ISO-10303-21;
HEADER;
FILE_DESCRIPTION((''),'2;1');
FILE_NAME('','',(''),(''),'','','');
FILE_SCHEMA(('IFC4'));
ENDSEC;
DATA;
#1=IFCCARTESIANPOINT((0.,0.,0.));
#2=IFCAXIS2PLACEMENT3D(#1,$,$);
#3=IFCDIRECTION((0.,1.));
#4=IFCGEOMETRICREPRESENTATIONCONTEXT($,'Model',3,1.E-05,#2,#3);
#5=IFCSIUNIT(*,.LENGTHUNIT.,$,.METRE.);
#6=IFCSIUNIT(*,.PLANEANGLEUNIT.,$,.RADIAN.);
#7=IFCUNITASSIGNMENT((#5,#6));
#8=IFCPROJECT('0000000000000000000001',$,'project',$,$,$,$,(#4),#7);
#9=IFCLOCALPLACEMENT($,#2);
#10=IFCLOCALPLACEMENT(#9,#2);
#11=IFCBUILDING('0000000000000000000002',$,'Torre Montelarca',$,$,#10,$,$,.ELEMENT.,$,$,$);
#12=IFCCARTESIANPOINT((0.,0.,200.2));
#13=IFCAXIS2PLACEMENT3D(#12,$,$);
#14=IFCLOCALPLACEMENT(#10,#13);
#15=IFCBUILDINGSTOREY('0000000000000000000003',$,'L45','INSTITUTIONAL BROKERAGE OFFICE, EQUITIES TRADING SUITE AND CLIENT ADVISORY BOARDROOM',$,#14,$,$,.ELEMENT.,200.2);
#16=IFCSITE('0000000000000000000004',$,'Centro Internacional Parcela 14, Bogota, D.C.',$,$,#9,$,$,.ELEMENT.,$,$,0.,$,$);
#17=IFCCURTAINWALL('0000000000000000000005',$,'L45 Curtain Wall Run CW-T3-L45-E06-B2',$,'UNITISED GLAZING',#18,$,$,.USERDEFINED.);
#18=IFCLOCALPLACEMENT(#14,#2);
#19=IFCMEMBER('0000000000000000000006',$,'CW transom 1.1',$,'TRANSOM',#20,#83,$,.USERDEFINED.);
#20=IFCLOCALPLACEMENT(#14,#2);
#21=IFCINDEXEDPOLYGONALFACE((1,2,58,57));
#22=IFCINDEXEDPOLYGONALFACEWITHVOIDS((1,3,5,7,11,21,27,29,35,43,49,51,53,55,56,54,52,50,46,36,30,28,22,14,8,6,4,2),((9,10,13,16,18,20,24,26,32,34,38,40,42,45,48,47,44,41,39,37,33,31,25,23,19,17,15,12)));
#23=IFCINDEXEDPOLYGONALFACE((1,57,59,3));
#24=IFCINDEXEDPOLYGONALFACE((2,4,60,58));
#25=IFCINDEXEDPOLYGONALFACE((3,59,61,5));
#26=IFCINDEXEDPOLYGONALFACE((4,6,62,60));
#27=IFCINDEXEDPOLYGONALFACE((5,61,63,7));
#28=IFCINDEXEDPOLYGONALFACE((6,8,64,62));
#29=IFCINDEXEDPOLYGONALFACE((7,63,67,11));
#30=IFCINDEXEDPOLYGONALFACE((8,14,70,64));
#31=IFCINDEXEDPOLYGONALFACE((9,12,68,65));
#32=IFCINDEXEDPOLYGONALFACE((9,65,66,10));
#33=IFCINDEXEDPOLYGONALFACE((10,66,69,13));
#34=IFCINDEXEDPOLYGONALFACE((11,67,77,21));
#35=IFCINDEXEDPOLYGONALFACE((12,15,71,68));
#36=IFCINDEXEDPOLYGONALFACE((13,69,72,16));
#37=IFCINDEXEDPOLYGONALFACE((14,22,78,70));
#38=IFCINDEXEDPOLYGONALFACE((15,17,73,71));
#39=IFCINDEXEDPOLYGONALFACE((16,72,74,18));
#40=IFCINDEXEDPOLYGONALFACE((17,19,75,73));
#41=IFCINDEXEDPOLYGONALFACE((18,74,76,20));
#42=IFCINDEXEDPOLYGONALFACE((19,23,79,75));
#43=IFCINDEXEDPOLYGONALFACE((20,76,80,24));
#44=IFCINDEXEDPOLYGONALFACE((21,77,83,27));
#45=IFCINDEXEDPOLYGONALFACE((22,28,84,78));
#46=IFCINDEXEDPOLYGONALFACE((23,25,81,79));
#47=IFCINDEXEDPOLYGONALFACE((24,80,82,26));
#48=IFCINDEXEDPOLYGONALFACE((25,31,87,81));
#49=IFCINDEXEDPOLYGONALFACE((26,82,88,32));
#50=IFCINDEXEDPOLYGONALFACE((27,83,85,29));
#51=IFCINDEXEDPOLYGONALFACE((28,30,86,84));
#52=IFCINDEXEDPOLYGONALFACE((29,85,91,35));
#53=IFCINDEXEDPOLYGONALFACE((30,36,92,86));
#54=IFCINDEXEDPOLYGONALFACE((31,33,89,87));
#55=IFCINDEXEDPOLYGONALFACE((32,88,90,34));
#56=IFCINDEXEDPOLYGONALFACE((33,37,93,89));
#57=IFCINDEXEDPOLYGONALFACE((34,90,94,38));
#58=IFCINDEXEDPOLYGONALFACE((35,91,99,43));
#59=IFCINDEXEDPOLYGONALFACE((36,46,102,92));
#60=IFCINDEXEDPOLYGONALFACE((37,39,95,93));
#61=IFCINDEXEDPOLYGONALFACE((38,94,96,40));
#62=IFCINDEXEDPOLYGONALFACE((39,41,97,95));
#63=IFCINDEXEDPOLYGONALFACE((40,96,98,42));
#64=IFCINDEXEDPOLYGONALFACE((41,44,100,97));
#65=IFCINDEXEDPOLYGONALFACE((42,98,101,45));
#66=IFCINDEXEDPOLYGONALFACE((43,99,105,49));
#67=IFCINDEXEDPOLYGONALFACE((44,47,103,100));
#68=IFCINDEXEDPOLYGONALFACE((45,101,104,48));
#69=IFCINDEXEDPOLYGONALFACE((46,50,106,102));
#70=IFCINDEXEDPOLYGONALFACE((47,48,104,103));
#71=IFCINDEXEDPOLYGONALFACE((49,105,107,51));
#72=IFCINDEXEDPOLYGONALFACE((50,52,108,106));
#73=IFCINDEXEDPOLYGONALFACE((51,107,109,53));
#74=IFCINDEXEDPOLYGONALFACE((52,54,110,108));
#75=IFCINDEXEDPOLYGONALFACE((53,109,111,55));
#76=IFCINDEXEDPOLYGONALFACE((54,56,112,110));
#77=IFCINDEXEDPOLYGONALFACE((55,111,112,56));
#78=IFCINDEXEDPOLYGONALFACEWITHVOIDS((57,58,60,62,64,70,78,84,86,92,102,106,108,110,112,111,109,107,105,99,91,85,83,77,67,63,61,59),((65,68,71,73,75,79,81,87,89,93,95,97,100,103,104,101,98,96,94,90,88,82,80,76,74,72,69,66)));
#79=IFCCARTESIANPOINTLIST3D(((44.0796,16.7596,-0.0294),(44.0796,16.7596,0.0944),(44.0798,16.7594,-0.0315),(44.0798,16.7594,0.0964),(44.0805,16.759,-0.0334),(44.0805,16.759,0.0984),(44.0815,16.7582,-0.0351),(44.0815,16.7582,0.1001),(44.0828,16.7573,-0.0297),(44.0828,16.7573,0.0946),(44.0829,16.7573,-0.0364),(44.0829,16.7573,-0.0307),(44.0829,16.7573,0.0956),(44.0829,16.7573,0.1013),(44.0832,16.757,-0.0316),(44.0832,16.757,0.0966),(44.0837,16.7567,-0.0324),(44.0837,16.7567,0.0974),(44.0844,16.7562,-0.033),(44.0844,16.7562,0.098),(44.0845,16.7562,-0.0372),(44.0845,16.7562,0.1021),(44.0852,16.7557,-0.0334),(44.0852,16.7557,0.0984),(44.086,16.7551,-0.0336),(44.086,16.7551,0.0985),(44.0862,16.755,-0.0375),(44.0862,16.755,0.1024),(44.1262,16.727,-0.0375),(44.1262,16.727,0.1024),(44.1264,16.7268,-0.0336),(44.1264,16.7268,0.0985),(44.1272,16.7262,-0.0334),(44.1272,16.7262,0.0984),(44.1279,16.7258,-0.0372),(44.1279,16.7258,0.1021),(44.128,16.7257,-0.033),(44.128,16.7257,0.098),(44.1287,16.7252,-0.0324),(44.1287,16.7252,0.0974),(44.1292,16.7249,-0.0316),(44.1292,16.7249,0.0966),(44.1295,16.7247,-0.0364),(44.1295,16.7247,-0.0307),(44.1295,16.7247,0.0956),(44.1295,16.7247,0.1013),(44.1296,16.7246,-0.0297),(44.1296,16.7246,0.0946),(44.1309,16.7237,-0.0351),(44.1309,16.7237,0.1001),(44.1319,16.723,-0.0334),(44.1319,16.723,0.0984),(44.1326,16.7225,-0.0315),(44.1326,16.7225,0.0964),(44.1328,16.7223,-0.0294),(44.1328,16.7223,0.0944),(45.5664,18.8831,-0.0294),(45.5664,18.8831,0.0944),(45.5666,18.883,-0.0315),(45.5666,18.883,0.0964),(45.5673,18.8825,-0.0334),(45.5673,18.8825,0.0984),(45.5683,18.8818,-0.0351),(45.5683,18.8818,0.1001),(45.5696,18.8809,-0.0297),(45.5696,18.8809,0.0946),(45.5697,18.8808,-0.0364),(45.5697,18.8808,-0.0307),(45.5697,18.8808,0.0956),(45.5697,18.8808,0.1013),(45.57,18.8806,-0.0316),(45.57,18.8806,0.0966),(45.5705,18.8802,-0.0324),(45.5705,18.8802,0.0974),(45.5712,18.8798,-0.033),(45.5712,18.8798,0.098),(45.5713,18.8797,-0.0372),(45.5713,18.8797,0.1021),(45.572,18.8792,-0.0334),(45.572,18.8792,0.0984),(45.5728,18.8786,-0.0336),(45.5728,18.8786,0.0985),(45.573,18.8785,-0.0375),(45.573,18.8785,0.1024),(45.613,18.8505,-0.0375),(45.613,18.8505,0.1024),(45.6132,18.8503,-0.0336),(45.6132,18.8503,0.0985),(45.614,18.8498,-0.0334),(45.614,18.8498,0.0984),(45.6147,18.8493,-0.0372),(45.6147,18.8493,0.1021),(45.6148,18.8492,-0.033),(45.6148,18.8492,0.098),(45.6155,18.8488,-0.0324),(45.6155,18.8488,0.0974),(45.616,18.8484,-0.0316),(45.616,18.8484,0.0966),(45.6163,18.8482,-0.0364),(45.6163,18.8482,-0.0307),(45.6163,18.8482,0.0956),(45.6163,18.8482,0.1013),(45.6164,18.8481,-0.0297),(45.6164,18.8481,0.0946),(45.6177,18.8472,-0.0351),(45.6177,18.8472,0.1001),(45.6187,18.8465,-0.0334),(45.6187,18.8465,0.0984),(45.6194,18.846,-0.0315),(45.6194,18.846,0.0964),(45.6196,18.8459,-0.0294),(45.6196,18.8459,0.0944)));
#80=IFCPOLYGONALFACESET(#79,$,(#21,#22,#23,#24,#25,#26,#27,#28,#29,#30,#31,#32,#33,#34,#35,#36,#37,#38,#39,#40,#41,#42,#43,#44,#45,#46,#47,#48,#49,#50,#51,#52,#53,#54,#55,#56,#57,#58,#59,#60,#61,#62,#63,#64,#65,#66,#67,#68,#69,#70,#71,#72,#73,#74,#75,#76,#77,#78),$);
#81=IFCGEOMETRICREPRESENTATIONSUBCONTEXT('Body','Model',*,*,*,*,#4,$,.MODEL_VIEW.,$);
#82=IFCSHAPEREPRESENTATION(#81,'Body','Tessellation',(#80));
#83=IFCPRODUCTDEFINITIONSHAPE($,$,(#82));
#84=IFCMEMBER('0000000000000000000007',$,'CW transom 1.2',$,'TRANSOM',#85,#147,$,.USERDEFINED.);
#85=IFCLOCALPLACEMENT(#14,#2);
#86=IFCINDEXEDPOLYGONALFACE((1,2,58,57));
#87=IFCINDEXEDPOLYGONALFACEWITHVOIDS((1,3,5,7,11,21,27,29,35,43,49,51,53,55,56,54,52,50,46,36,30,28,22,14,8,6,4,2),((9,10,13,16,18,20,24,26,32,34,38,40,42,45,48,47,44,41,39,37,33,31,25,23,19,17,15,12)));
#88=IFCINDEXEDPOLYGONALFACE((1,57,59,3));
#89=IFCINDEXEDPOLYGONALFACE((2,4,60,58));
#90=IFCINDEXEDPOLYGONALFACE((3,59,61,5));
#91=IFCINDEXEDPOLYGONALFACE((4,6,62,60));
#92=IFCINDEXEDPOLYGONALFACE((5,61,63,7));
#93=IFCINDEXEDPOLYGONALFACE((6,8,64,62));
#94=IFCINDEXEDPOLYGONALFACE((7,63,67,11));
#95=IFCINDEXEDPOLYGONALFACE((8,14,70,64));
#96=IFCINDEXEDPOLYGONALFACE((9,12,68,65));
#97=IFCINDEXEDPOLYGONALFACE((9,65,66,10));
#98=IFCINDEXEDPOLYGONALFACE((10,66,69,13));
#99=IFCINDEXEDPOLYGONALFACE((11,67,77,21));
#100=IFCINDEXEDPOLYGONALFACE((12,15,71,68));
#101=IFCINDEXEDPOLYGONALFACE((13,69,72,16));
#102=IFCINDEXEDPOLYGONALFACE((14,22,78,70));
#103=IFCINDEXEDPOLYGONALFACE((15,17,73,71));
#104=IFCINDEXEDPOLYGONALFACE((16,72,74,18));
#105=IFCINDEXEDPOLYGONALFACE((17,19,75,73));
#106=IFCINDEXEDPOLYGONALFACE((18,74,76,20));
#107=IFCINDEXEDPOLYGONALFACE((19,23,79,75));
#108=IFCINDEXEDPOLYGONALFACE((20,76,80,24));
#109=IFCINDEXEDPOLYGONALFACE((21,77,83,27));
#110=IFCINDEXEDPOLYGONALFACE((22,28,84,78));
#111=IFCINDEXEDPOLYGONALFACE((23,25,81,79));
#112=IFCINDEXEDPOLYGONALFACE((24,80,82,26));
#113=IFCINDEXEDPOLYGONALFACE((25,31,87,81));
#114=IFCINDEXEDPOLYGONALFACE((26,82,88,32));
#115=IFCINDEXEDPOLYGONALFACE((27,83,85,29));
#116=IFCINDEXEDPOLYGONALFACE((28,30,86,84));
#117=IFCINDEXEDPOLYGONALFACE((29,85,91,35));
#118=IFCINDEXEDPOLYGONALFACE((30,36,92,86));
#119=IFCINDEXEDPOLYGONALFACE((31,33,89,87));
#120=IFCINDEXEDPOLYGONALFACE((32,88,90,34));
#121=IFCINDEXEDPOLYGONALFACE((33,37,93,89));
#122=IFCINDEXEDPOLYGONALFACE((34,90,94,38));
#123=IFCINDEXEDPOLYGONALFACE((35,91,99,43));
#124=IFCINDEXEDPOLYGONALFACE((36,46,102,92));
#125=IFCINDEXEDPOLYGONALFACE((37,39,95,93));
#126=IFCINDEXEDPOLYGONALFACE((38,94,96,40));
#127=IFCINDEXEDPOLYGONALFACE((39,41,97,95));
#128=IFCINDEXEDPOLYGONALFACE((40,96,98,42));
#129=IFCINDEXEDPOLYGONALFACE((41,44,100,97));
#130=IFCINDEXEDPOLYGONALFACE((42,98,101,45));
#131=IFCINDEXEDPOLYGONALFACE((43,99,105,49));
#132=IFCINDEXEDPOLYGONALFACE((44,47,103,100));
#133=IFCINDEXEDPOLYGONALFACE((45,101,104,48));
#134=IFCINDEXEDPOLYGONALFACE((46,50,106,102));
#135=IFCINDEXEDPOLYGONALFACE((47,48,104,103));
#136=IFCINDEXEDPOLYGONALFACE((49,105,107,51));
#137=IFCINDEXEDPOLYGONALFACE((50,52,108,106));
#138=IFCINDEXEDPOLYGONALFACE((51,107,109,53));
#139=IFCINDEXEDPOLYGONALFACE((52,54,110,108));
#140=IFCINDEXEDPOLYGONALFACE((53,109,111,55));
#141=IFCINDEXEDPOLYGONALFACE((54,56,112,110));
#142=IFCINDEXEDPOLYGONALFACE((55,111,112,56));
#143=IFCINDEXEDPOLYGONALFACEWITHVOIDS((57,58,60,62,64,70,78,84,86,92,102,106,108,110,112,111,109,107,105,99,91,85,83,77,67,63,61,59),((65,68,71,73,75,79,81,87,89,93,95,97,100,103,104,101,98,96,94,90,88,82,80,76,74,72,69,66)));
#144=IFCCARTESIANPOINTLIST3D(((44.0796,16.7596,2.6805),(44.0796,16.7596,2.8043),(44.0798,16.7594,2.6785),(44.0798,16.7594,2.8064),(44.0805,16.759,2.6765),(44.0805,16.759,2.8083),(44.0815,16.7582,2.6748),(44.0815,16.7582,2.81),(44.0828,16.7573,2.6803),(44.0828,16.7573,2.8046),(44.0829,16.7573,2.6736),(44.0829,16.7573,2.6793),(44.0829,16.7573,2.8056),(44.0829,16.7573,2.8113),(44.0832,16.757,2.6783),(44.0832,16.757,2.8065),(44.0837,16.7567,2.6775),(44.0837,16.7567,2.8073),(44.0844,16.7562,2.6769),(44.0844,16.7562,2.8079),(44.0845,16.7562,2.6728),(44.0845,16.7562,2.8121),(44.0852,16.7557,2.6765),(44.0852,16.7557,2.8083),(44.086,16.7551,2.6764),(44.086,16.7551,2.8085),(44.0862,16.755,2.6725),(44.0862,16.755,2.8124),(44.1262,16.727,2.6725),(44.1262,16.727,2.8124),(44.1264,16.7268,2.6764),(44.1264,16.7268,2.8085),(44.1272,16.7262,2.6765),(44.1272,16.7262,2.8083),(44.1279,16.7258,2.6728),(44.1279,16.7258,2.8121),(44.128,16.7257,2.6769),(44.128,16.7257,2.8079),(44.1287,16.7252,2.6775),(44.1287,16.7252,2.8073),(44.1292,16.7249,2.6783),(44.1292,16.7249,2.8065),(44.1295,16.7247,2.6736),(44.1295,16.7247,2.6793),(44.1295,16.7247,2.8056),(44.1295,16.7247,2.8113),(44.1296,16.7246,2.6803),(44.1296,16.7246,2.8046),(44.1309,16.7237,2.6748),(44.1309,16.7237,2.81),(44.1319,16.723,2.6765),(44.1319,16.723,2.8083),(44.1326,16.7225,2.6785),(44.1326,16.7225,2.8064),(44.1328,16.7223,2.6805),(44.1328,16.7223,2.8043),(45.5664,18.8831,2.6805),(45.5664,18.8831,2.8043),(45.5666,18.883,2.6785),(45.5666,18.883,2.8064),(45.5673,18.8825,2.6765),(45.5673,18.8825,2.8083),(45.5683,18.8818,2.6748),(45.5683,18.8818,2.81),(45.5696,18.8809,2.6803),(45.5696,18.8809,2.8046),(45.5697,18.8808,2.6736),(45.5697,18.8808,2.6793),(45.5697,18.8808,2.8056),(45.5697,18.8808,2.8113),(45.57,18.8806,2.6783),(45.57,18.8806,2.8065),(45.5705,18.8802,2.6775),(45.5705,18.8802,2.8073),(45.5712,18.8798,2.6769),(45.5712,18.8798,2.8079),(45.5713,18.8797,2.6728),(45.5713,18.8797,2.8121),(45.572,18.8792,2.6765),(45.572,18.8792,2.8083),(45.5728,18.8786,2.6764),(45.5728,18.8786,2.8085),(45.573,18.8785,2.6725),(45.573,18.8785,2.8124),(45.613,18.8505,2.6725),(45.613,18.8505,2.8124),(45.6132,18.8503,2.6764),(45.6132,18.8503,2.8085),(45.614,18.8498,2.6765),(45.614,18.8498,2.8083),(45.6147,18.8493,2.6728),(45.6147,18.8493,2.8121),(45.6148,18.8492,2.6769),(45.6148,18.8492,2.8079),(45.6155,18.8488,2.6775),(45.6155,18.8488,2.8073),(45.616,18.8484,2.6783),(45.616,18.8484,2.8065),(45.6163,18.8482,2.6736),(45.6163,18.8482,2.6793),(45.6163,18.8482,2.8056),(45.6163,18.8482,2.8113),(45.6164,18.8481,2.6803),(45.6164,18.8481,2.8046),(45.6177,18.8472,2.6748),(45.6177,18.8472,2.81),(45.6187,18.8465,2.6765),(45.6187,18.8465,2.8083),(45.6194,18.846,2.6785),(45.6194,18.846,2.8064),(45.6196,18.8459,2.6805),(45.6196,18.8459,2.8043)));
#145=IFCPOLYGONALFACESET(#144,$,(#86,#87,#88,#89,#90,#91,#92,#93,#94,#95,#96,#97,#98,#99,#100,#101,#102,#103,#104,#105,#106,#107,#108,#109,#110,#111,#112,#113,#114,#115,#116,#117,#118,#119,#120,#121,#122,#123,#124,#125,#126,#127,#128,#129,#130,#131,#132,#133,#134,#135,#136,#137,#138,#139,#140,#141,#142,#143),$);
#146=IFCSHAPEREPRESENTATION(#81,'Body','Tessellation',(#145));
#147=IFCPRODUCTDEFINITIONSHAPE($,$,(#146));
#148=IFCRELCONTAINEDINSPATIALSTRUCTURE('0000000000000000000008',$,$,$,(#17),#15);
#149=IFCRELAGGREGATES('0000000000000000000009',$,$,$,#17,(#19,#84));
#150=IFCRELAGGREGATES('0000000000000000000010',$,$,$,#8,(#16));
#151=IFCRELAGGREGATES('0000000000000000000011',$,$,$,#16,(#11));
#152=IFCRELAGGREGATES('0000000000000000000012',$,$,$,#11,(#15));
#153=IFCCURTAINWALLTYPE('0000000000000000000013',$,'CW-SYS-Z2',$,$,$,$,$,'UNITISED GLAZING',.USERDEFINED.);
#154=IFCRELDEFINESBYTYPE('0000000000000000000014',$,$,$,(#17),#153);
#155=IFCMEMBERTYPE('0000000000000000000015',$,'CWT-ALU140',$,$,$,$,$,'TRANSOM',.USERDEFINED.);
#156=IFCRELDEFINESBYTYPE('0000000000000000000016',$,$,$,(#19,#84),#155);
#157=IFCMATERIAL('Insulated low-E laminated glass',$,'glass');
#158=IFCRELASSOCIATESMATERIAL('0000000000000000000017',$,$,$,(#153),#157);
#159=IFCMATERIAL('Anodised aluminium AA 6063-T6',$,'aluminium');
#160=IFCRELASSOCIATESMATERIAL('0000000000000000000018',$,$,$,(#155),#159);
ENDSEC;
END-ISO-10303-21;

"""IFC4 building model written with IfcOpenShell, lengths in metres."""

from ifc_helpers import new_model, si_unit, direction, frame, origin, origin_2d, place, context, subcontext, project, spatial, hollow_rectangle, extrude, source, transform, mapped, material, material_profile, profile_set, type_object, element, aggregate, save


model = new_model("IFC4")

# Units and contexts
model_context = context("Model", 3, precision=1e-05, world=origin(), true_north=direction((0.0, 1.0)))
body_context = subcontext(model_context, "Body", "Model", "MODEL_VIEW")
ifc_project = project(units=[si_unit("LENGTHUNIT", "METRE"), si_unit("PLANEANGLEUNIT", "RADIAN")], contexts=[model_context])

# Site, building, storey
site_placement = place(None, origin())
site = spatial("IfcSite", under=ifc_project, at=site_placement, Name="Centro Internacional Parcela 14, Bogota, D.C.", CompositionType="ELEMENT", RefElevation=0.0)
building_placement = place(site_placement, origin())
building = spatial("IfcBuilding", under=site, at=building_placement, Name="Torre Montelarca", CompositionType="ELEMENT")
storey_placement = place(building_placement, frame((0.0, 0.0, 200.2)))
storey = spatial("IfcBuildingStorey", under=building, at=storey_placement, Name="L45", Description="INSTITUTIONAL BROKERAGE OFFICE, EQUITIES TRADING SUITE AND CLIENT ADVISORY BOARDROOM", CompositionType="ELEMENT", Elevation=200.2)

# Shared definitions
ifc_material_1 = material(Name="Insulated low-E laminated glass", Category="glass")
curtain_wall_type = type_object("IfcCurtainWallType", Name="CW-SYS-Z2", ElementType="UNITISED GLAZING", PredefinedType="USERDEFINED", material=ifc_material_1)
ifc_material_2 = material(Name="Anodised aluminium AA 6063-T6", Category="aluminium")
ifc_material_profile_1 = material_profile(ifc_material_2, hollow_rectangle(XDim=0.0649, YDim=0.1399, WallThickness=0.0039, InnerFilletRadius=0.0039, OuterFilletRadius=0.0081, at=origin_2d()), Name="ALU65X140X4", Category="aluminium")
ifc_profile_set_1 = profile_set([ifc_material_profile_1], Name="Anodised aluminium AA 6063-T6")
member_type_1 = type_object("IfcMemberType", Name="CWT-ALU140", ElementType="TRANSOM", PredefinedType="USERDEFINED", material=ifc_profile_set_1)

# Curtain wall
curtain_wall_1_placement = place(storey_placement, origin())
curtain_wall_1 = element("IfcCurtainWall", 1, at=curtain_wall_1_placement, inside=storey, type_object=curtain_wall_type, Name="L45 Curtain Wall Run CW-T3-L45-E06-B2", ObjectType="UNITISED GLAZING", PredefinedType="USERDEFINED")

# Members
shared_shape_1 = source(origin(), body_context, "Body", "SweptSolid", [
    extrude(hollow_rectangle(XDim=0.0649, YDim=0.1399, WallThickness=0.0039, InnerFilletRadius=0.0039, OuterFilletRadius=0.0081, at=origin_2d()), origin(), (0.0, 0.0, 1.0), 2.5923),
])
member_1_placement = place(storey_placement, frame((44.1062, 16.741, 0.0325), z_axis=(0.573551, 0.81917, 0.0), x_axis=(-0.81917, 0.573551, 0.0)))
member_1 = element("IfcMember", 2, at=member_1_placement, type_object=member_type_1, Name="CW transom 1.1", ObjectType="TRANSOM", PredefinedType="USERDEFINED", context=body_context, shape_type="MappedRepresentation", body=[
    mapped(shared_shape_1, transform((0.0, 0.0, 0.0), scale=1.0)),
])
member_2_placement = place(storey_placement, frame((44.1062, 16.741, 2.7424), z_axis=(0.573551, 0.81917, 0.0), x_axis=(-0.81917, 0.573551, 0.0)))
member_2 = element("IfcMember", 3, at=member_2_placement, type_object=member_type_1, Name="CW transom 1.2", ObjectType="TRANSOM", PredefinedType="USERDEFINED", context=body_context, shape_type="MappedRepresentation", body=[
    mapped(shared_shape_1, transform((0.0, 0.0, 0.0), scale=1.0)),
])

aggregate(curtain_wall_1, [member_1, member_2])

save(model, "model.ifc")
